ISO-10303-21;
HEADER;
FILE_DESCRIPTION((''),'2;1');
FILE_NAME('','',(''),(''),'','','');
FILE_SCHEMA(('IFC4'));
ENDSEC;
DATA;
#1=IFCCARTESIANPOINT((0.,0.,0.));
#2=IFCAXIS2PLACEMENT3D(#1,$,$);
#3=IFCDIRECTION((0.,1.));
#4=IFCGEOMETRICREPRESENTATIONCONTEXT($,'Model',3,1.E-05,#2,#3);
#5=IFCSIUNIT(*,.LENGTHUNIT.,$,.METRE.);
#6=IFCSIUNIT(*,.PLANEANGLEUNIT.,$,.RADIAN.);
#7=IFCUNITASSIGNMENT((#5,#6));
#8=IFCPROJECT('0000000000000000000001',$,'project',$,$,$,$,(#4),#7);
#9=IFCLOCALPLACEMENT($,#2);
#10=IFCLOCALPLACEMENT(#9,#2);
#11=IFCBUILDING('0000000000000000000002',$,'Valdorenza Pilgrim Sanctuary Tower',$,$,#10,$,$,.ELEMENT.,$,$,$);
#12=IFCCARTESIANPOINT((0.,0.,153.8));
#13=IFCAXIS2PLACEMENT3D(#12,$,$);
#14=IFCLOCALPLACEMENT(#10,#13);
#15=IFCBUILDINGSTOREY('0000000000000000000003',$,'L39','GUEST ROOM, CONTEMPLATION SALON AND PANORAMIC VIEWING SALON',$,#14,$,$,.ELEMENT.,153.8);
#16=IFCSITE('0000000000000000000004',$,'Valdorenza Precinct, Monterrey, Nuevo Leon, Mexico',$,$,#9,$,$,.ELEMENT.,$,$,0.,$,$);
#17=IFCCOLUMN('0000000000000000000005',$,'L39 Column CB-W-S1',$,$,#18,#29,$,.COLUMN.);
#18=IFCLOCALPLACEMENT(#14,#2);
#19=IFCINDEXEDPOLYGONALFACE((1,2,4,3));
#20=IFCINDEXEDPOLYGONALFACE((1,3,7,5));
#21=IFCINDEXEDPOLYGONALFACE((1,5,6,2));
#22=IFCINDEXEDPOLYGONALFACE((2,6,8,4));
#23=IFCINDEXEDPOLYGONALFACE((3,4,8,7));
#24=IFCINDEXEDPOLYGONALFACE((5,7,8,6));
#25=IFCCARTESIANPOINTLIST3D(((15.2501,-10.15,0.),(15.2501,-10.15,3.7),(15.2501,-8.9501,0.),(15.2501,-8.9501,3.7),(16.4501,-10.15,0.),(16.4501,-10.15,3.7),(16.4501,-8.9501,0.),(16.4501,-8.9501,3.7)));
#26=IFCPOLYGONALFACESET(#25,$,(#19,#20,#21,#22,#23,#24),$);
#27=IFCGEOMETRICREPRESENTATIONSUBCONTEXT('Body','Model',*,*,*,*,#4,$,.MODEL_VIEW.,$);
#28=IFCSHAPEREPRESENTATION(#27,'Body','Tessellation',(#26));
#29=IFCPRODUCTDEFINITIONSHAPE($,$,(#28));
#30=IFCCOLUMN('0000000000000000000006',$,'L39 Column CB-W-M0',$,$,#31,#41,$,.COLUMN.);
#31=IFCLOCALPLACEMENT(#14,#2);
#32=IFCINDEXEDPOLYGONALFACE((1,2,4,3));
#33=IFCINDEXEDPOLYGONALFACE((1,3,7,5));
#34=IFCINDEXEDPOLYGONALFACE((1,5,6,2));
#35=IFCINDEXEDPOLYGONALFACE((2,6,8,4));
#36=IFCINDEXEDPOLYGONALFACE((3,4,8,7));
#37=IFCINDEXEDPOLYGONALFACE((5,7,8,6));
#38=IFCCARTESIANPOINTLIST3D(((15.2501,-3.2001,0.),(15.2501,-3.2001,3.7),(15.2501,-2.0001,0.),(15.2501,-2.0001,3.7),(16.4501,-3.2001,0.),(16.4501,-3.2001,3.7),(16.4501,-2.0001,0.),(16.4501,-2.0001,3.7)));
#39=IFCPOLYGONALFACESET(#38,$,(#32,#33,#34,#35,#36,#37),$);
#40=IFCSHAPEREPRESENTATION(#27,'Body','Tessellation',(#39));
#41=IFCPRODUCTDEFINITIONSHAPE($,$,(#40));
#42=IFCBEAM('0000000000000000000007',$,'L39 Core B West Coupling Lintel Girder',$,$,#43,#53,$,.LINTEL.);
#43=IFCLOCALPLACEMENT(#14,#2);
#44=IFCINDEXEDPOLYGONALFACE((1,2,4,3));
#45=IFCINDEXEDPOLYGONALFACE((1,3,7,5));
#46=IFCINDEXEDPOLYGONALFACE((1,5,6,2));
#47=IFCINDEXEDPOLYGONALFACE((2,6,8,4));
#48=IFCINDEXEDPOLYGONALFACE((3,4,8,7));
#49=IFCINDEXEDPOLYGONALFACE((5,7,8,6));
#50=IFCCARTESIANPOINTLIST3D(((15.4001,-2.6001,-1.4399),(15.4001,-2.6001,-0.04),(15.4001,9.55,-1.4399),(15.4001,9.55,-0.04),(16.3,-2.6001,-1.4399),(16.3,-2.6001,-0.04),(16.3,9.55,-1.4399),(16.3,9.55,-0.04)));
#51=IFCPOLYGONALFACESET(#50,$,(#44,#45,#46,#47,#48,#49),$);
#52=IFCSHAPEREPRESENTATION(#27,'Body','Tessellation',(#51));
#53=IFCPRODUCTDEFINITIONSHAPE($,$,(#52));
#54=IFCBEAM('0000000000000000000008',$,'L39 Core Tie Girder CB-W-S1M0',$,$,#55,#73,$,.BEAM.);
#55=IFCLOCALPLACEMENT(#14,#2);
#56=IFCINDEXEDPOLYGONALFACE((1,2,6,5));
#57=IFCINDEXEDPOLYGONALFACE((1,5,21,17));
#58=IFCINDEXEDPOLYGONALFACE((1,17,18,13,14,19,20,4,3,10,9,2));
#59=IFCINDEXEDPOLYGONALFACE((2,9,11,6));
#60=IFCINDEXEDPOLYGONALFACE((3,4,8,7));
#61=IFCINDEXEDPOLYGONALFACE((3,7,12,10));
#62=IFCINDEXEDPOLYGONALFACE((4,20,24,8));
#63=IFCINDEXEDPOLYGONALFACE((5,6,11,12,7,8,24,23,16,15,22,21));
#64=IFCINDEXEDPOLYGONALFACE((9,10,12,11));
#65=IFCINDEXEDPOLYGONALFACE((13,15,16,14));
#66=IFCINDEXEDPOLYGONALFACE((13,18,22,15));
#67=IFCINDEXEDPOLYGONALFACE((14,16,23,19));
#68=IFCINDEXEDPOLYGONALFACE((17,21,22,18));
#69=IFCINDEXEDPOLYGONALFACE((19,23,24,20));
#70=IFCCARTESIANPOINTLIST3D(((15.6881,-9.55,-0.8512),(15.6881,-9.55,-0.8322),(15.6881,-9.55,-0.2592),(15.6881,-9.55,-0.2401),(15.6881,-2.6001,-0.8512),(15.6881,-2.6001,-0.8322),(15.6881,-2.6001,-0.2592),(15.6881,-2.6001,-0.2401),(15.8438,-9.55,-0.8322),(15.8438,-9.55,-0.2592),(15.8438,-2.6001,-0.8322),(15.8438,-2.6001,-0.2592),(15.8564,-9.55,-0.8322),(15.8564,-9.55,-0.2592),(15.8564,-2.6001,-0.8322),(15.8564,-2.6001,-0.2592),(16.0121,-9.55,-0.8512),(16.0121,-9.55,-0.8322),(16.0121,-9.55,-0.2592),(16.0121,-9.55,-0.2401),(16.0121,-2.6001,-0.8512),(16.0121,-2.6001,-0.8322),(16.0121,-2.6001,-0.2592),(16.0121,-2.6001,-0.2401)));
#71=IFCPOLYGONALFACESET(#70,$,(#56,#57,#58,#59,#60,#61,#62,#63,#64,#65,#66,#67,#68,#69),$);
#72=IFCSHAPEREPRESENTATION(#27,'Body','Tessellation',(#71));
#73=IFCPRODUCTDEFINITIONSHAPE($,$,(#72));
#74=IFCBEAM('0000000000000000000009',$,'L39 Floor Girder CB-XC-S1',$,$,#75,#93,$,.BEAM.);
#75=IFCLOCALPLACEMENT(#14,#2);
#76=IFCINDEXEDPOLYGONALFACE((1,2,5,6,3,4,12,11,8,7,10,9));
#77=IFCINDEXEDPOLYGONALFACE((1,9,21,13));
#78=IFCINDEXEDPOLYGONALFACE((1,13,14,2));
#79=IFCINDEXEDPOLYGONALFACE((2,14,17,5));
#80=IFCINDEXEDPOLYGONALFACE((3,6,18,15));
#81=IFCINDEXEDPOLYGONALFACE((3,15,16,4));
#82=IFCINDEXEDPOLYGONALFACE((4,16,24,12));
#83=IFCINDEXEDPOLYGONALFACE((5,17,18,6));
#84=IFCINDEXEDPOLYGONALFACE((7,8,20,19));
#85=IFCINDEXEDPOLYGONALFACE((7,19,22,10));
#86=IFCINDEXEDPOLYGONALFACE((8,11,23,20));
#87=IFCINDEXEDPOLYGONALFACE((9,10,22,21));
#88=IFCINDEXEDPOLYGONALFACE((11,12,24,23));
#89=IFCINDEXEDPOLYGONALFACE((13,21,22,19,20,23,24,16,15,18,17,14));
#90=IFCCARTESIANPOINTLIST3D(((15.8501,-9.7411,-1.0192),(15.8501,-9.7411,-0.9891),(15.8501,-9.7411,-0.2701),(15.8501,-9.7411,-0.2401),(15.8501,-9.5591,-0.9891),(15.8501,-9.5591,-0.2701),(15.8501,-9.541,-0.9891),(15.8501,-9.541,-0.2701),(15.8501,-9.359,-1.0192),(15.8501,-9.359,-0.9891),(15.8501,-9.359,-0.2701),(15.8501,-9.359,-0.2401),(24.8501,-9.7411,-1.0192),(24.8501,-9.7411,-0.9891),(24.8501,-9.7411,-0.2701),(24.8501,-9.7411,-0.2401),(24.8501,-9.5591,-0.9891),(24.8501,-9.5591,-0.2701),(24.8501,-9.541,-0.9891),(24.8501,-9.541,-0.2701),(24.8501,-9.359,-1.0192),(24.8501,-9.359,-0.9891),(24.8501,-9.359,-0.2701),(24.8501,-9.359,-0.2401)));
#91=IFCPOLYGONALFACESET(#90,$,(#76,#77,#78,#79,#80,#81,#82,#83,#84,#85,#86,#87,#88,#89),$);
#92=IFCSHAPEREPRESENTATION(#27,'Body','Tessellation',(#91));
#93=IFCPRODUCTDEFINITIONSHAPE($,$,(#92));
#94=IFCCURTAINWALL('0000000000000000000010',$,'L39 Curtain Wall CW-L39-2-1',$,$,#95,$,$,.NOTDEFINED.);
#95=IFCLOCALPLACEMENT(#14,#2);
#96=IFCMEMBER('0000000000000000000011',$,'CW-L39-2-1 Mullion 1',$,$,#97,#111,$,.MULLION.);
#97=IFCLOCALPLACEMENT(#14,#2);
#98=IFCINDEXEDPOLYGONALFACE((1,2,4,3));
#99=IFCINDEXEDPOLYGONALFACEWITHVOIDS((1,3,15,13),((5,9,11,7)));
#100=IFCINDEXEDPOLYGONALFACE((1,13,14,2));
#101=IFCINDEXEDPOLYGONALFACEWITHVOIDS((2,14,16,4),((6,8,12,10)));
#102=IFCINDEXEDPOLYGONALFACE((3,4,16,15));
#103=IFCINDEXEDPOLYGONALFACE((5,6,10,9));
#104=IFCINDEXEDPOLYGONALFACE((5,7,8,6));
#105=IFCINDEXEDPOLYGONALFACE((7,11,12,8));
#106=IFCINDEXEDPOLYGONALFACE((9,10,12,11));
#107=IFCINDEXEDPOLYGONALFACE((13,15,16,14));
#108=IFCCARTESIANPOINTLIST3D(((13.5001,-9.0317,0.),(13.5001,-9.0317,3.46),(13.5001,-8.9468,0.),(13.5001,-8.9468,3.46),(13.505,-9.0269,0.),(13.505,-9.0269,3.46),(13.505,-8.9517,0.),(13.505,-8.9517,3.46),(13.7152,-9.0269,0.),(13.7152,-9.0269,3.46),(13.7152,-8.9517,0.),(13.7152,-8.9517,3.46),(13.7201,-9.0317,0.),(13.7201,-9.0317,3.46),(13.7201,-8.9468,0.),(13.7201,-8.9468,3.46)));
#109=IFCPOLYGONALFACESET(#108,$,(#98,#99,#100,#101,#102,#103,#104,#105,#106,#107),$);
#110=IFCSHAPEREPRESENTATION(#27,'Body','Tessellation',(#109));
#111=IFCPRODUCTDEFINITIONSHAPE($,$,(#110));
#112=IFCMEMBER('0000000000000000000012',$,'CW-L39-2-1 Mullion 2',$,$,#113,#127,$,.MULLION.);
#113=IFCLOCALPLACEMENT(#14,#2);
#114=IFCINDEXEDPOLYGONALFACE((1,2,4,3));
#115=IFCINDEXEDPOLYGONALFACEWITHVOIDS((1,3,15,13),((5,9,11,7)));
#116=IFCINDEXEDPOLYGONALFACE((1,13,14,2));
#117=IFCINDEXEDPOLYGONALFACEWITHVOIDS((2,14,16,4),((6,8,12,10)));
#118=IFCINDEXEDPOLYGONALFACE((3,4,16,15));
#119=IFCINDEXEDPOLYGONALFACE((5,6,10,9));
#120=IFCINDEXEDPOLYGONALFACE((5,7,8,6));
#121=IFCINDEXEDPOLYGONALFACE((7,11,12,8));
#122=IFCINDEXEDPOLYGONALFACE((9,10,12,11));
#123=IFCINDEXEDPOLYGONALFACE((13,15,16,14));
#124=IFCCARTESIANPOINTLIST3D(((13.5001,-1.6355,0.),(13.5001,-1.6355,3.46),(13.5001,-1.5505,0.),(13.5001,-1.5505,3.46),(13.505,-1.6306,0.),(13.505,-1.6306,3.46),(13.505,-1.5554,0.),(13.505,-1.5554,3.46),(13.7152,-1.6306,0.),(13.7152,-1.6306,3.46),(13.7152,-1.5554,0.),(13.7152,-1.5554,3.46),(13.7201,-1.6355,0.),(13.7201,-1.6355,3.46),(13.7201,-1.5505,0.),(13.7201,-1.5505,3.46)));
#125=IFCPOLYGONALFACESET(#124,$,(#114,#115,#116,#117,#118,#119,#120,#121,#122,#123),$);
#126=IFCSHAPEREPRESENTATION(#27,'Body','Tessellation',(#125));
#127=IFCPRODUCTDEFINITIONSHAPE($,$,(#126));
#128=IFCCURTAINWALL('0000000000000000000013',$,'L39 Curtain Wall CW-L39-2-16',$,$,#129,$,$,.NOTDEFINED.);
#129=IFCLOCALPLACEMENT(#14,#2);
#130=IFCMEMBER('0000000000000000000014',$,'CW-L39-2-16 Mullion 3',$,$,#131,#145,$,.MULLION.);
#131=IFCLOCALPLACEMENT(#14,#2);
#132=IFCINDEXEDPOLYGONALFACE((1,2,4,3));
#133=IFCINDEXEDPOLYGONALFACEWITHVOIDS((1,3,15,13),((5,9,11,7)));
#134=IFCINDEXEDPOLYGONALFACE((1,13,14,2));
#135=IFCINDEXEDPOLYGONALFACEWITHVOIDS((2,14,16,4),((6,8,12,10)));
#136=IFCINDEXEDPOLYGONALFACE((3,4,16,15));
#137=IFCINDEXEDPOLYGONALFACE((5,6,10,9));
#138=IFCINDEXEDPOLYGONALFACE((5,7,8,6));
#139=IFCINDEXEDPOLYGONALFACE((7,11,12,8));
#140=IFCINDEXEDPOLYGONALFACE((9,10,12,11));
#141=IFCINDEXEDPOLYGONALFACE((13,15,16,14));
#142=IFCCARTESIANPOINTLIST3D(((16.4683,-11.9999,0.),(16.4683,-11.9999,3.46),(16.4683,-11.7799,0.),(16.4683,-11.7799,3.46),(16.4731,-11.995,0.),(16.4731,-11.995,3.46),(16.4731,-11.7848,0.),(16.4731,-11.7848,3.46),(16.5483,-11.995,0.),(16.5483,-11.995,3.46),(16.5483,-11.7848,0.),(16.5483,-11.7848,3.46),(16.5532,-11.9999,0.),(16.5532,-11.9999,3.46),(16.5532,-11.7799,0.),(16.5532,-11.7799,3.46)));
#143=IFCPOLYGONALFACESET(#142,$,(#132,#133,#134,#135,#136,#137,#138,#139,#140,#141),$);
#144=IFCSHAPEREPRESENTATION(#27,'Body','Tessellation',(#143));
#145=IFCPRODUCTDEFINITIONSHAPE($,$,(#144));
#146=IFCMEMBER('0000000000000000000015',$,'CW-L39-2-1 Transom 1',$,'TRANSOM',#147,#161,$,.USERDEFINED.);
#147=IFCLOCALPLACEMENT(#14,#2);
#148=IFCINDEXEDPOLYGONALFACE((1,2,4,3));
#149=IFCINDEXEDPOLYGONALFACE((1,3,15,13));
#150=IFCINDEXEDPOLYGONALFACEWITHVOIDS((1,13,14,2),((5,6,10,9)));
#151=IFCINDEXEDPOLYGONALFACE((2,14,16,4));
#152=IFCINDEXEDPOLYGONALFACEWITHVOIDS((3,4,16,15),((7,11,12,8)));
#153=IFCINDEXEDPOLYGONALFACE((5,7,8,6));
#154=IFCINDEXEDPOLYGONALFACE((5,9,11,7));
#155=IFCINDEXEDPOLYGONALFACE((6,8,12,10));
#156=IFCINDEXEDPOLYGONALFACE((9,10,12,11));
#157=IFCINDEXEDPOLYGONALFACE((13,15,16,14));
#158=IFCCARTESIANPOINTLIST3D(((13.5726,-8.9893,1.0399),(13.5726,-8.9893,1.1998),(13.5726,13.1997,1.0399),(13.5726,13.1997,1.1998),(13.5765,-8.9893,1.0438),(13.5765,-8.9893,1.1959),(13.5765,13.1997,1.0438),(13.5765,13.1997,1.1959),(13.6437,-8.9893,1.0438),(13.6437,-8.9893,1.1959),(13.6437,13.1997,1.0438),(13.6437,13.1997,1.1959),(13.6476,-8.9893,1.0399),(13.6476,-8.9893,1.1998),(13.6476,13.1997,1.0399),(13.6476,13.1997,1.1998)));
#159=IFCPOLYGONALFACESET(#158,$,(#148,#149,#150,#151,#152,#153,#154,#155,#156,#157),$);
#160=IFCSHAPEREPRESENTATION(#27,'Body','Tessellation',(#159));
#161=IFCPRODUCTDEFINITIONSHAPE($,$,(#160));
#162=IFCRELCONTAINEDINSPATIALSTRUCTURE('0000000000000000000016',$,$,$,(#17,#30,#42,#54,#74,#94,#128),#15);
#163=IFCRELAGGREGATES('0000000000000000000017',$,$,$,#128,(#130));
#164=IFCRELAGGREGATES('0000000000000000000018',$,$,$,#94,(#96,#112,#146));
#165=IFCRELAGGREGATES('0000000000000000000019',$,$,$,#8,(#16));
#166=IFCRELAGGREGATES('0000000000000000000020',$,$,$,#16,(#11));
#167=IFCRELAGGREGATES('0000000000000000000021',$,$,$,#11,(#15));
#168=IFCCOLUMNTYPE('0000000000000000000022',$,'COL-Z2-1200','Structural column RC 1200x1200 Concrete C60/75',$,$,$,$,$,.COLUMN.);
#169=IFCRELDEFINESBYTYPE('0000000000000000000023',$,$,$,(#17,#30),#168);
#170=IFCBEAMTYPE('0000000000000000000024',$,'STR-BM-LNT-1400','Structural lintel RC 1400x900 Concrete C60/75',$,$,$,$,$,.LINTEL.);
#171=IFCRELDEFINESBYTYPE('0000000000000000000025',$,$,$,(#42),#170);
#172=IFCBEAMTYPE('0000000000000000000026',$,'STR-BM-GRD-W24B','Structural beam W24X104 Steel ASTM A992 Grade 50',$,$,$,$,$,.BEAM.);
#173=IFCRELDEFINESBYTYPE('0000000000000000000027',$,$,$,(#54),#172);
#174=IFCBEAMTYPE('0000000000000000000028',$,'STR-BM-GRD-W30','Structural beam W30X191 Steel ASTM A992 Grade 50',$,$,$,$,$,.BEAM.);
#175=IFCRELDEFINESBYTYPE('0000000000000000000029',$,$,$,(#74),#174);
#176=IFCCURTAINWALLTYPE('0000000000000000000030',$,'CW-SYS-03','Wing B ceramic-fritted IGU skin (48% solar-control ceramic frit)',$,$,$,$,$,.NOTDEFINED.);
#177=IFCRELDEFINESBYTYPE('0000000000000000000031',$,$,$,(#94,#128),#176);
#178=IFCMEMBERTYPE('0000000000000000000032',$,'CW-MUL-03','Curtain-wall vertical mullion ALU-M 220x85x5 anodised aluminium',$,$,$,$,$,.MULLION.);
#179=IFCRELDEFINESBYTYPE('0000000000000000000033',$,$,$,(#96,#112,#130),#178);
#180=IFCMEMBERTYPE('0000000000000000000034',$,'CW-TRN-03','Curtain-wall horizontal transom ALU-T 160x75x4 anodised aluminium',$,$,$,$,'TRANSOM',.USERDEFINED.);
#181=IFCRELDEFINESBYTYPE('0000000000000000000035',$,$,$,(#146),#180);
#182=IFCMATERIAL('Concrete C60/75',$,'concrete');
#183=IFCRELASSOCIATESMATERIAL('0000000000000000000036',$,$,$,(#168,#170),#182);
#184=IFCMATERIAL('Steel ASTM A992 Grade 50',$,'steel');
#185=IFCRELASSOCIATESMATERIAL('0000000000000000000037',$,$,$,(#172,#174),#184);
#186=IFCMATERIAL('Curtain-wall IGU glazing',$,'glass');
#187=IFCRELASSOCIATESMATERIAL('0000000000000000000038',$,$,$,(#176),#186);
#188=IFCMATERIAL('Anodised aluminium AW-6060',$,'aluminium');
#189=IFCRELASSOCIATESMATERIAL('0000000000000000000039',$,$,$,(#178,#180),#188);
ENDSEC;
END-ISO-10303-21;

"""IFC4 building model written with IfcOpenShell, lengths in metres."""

from ifc_helpers import new_model, si_unit, direction, frame, origin, origin_2d, place, context, subcontext, project, spatial, rectangle, hollow_rectangle, i_section, extrude, source, transform, mapped, material, material_profile, profile_set, type_object, element, aggregate, save


model = new_model("IFC4")

# Units and contexts
model_context = context("Model", 3, precision=1e-05, world=origin(), true_north=direction((0.0, 1.0)))
body_context = subcontext(model_context, "Body", "Model", "MODEL_VIEW")
ifc_project = project(units=[si_unit("LENGTHUNIT", "METRE"), si_unit("PLANEANGLEUNIT", "RADIAN")], contexts=[model_context])

# Site, building, storey
site_placement = place(None, origin())
site = spatial("IfcSite", under=ifc_project, at=site_placement, Name="Valdorenza Precinct, Monterrey, Nuevo Leon, Mexico", CompositionType="ELEMENT", RefElevation=0.0)
building_placement = place(site_placement, origin())
building = spatial("IfcBuilding", under=site, at=building_placement, Name="Valdorenza Pilgrim Sanctuary Tower", CompositionType="ELEMENT")
storey_placement = place(building_placement, frame((0.0, 0.0, 153.8)))
storey = spatial("IfcBuildingStorey", under=building, at=storey_placement, Name="L39", Description="GUEST ROOM, CONTEMPLATION SALON AND PANORAMIC VIEWING SALON", CompositionType="ELEMENT", Elevation=153.8)

# Columns
ifc_material_1 = material(Name="Concrete C60/75", Category="concrete")
ifc_material_profile_1 = material_profile(ifc_material_1, rectangle(XDim=1.2, YDim=1.2, at=origin_2d()), Name="RC 1200x1200")
ifc_profile_set_1 = profile_set([ifc_material_profile_1], Name="Concrete C60/75")
column_type = type_object("IfcColumnType", Name="COL-Z2-1200", Description="Structural column RC 1200x1200 Concrete C60/75", PredefinedType="COLUMN", material=ifc_profile_set_1)
shared_shape_1 = source(origin(), body_context, "Body", "SweptSolid", [
    extrude(rectangle(XDim=1.2, YDim=1.2, at=origin_2d()), origin(), (0.0, 0.0, 1.0), 3.7),
])
for number, where, z_axis, x_axis, name in (
    (1, (15.8501, -9.55, 0.0), (0.0, 0.0, 1.0), (1.0, 0.0, 0.0), "L39 Column CB-W-S1"),
    (2, (15.8501, -2.6001, 0.0), (0.0, 0.0, 1.0), (1.0, 0.0, 0.0), "L39 Column CB-W-M0"),
):
    element("IfcColumn", number, at=place(storey_placement, frame(where, z_axis=z_axis, x_axis=x_axis)), inside=storey, type_object=column_type, Name=name, PredefinedType="COLUMN", context=body_context, shape_type="MappedRepresentation", body=[
        mapped(shared_shape_1, transform((0.0, 0.0, 0.0), x_axis=(1.0, 0.0, 0.0), y_axis=(0.0, 1.0, 0.0), z_axis=(0.0, 0.0, 1.0), scale=1.0)),
    ])

# Beams
ifc_material_profile_2 = material_profile(ifc_material_1, rectangle(XDim=0.8999, YDim=1.3999, at=origin_2d()), Name="RC 1400x900")
ifc_profile_set_2 = profile_set([ifc_material_profile_2], Name="Concrete C60/75")
beam_type_1 = type_object("IfcBeamType", Name="STR-BM-LNT-1400", Description="Structural lintel RC 1400x900 Concrete C60/75", PredefinedType="LINTEL", material=ifc_profile_set_2)
shared_shape_2 = source(origin(), body_context, "Body", "SweptSolid", [
    extrude(rectangle(XDim=0.8999, YDim=1.3999, at=origin_2d()), origin(), (0.0, 0.0, 1.0), 12.1501),
])
beam_1_placement = place(storey_placement, frame((15.8501, -2.6001, -0.74), z_axis=(0.0, 1.0, 0.0), x_axis=(-1.0, 0.0, 0.0)))
element("IfcBeam", 3, at=beam_1_placement, inside=storey, type_object=beam_type_1, Name="L39 Core B West Coupling Lintel Girder", PredefinedType="LINTEL", context=body_context, shape_type="MappedRepresentation", body=[
    mapped(shared_shape_2, transform((0.0, 0.0, 0.0), x_axis=(1.0, 0.0, 0.0), y_axis=(0.0, 1.0, 0.0), z_axis=(0.0, 0.0, 1.0), scale=1.0)),
])
ifc_material_2 = material(Name="Steel ASTM A992 Grade 50", Category="steel")
ifc_material_profile_3 = material_profile(ifc_material_2, i_section(OverallWidth=0.324, OverallDepth=0.6111, WebThickness=0.0127, FlangeThickness=0.019, at=origin_2d()), Name="W24X104")
ifc_profile_set_3 = profile_set([ifc_material_profile_3], Name="Steel ASTM A992 Grade 50")
beam_type_2 = type_object("IfcBeamType", Name="STR-BM-GRD-W24B", Description="Structural beam W24X104 Steel ASTM A992 Grade 50", PredefinedType="BEAM", material=ifc_profile_set_3)
shared_shape_3 = source(origin(), body_context, "Body", "SweptSolid", [
    extrude(i_section(OverallWidth=0.324, OverallDepth=0.6111, WebThickness=0.0127, FlangeThickness=0.019, at=origin_2d()), origin(), (0.0, 0.0, 1.0), 6.95),
])
beam_2_placement = place(storey_placement, frame((15.8501, -9.55, -0.5457), z_axis=(0.0, 1.0, 0.0), x_axis=(-1.0, 0.0, 0.0)))
element("IfcBeam", 4, at=beam_2_placement, inside=storey, type_object=beam_type_2, Name="L39 Core Tie Girder CB-W-S1M0", PredefinedType="BEAM", context=body_context, shape_type="MappedRepresentation", body=[
    mapped(shared_shape_3, transform((0.0, 0.0, 0.0), x_axis=(1.0, 0.0, 0.0), y_axis=(0.0, 1.0, 0.0), z_axis=(0.0, 0.0, 1.0), scale=1.0)),
])
ifc_material_profile_4 = material_profile(ifc_material_2, i_section(OverallWidth=0.3821, OverallDepth=0.7791, WebThickness=0.0181, FlangeThickness=0.03, at=origin_2d()), Name="W30X191")
ifc_profile_set_4 = profile_set([ifc_material_profile_4], Name="Steel ASTM A992 Grade 50")
beam_type_3 = type_object("IfcBeamType", Name="STR-BM-GRD-W30", Description="Structural beam W30X191 Steel ASTM A992 Grade 50", PredefinedType="BEAM", material=ifc_profile_set_4)
shared_shape_4 = source(origin(), body_context, "Body", "SweptSolid", [
    extrude(i_section(OverallWidth=0.3821, OverallDepth=0.7791, WebThickness=0.0181, FlangeThickness=0.03, at=origin_2d()), origin(), (0.0, 0.0, 1.0), 9.0),
])
beam_3_placement = place(storey_placement, frame((15.8501, -9.55, -0.6296), z_axis=(1.0, 0.0, 0.0), x_axis=(0.0, 1.0, 0.0)))
element("IfcBeam", 5, at=beam_3_placement, inside=storey, type_object=beam_type_3, Name="L39 Floor Girder CB-XC-S1", PredefinedType="BEAM", context=body_context, shape_type="MappedRepresentation", body=[
    mapped(shared_shape_4, transform((0.0, 0.0, 0.0), x_axis=(1.0, 0.0, 0.0), y_axis=(0.0, 1.0, 0.0), z_axis=(0.0, 0.0, 1.0), scale=1.0)),
])

# Curtain wall, members
ifc_material_3 = material(Name="Curtain-wall IGU glazing", Category="glass")
curtain_wall_type = type_object("IfcCurtainWallType", Name="CW-SYS-03", Description="Wing B ceramic-fritted IGU skin (48% solar-control ceramic frit)", PredefinedType="NOTDEFINED", material=ifc_material_3)
curtain_wall_1_placement = place(storey_placement, origin())
curtain_wall_1 = element("IfcCurtainWall", 6, at=curtain_wall_1_placement, inside=storey, type_object=curtain_wall_type, Name="L39 Curtain Wall CW-L39-2-1", PredefinedType="NOTDEFINED")
ifc_material_4 = material(Name="Anodised aluminium AW-6060", Category="aluminium")
ifc_material_profile_5 = material_profile(ifc_material_4, hollow_rectangle(XDim=0.085, YDim=0.22, WallThickness=0.0049, at=origin_2d()), Name="ALU-M 220x85x5")
ifc_profile_set_5 = profile_set([ifc_material_profile_5], Name="Anodised aluminium AW-6060")
member_type_1 = type_object("IfcMemberType", Name="CW-MUL-03", Description="Curtain-wall vertical mullion ALU-M 220x85x5 anodised aluminium", PredefinedType="MULLION", material=ifc_profile_set_5)
shared_shape_5 = source(origin(), body_context, "Body", "SweptSolid", [
    extrude(hollow_rectangle(XDim=0.085, YDim=0.22, WallThickness=0.0049, at=origin_2d()), origin(), (0.0, 0.0, 1.0), 3.46),
])
member_1_placement = place(storey_placement, frame((13.6101, -8.9893, 0.0), z_axis=(0.0, 0.0, 1.0), x_axis=(0.0, 1.0, 0.0)))
member_1 = element("IfcMember", 7, at=member_1_placement, type_object=member_type_1, Name="CW-L39-2-1 Mullion 1", PredefinedType="MULLION", context=body_context, shape_type="MappedRepresentation", body=[
    mapped(shared_shape_5, transform((0.0, 0.0, 0.0), x_axis=(1.0, 0.0, 0.0), y_axis=(0.0, 1.0, 0.0), z_axis=(0.0, 0.0, 1.0), scale=1.0)),
])
member_2_placement = place(storey_placement, frame((13.6101, -1.593, 0.0), z_axis=(0.0, 0.0, 1.0), x_axis=(0.0, 1.0, 0.0)))
member_2 = element("IfcMember", 8, at=member_2_placement, type_object=member_type_1, Name="CW-L39-2-1 Mullion 2", PredefinedType="MULLION", context=body_context, shape_type="MappedRepresentation", body=[
    mapped(shared_shape_5, transform((0.0, 0.0, 0.0), x_axis=(1.0, 0.0, 0.0), y_axis=(0.0, 1.0, 0.0), z_axis=(0.0, 0.0, 1.0), scale=1.0)),
])

# Curtain wall, member
curtain_wall_2_placement = place(storey_placement, origin())
curtain_wall_2 = element("IfcCurtainWall", 9, at=curtain_wall_2_placement, inside=storey, type_object=curtain_wall_type, Name="L39 Curtain Wall CW-L39-2-16", PredefinedType="NOTDEFINED")
member_3_placement = place(storey_placement, frame((16.5107, -11.8899, 0.0), z_axis=(0.0, 0.0, 1.0), x_axis=(-1.0, 0.0, 0.0)))
member_3 = element("IfcMember", 10, at=member_3_placement, type_object=member_type_1, Name="CW-L39-2-16 Mullion 3", PredefinedType="MULLION", context=body_context, shape_type="MappedRepresentation", body=[
    mapped(shared_shape_5, transform((0.0, 0.0, 0.0), x_axis=(1.0, 0.0, 0.0), y_axis=(0.0, 1.0, 0.0), z_axis=(0.0, 0.0, 1.0), scale=1.0)),
])
aggregate(curtain_wall_2, [member_3])

# Member
ifc_material_profile_6 = material_profile(ifc_material_4, hollow_rectangle(XDim=0.075, YDim=0.1599, WallThickness=0.0039, at=origin_2d()), Name="ALU-T 160x75x4")
ifc_profile_set_6 = profile_set([ifc_material_profile_6], Name="Anodised aluminium AW-6060")
member_type_2 = type_object("IfcMemberType", Name="CW-TRN-03", Description="Curtain-wall horizontal transom ALU-T 160x75x4 anodised aluminium", ElementType="TRANSOM", PredefinedType="USERDEFINED", material=ifc_profile_set_6)
shared_shape_6 = source(origin(), body_context, "Body", "SweptSolid", [
    extrude(hollow_rectangle(XDim=0.075, YDim=0.1599, WallThickness=0.0039, at=origin_2d()), origin(), (0.0, 0.0, 1.0), 22.189),
])
member_4_placement = place(storey_placement, frame((13.6101, -8.9893, 1.1199), z_axis=(0.0, 1.0, 0.0), x_axis=(-1.0, 0.0, 0.0)))
member_4 = element("IfcMember", 11, at=member_4_placement, type_object=member_type_2, Name="CW-L39-2-1 Transom 1", ObjectType="TRANSOM", PredefinedType="USERDEFINED", context=body_context, shape_type="MappedRepresentation", body=[
    mapped(shared_shape_6, transform((0.0, 0.0, 0.0), x_axis=(1.0, 0.0, 0.0), y_axis=(0.0, 1.0, 0.0), z_axis=(0.0, 0.0, 1.0), scale=1.0)),
])

aggregate(curtain_wall_1, [member_1, member_2, member_4])

save(model, "model.ifc")
